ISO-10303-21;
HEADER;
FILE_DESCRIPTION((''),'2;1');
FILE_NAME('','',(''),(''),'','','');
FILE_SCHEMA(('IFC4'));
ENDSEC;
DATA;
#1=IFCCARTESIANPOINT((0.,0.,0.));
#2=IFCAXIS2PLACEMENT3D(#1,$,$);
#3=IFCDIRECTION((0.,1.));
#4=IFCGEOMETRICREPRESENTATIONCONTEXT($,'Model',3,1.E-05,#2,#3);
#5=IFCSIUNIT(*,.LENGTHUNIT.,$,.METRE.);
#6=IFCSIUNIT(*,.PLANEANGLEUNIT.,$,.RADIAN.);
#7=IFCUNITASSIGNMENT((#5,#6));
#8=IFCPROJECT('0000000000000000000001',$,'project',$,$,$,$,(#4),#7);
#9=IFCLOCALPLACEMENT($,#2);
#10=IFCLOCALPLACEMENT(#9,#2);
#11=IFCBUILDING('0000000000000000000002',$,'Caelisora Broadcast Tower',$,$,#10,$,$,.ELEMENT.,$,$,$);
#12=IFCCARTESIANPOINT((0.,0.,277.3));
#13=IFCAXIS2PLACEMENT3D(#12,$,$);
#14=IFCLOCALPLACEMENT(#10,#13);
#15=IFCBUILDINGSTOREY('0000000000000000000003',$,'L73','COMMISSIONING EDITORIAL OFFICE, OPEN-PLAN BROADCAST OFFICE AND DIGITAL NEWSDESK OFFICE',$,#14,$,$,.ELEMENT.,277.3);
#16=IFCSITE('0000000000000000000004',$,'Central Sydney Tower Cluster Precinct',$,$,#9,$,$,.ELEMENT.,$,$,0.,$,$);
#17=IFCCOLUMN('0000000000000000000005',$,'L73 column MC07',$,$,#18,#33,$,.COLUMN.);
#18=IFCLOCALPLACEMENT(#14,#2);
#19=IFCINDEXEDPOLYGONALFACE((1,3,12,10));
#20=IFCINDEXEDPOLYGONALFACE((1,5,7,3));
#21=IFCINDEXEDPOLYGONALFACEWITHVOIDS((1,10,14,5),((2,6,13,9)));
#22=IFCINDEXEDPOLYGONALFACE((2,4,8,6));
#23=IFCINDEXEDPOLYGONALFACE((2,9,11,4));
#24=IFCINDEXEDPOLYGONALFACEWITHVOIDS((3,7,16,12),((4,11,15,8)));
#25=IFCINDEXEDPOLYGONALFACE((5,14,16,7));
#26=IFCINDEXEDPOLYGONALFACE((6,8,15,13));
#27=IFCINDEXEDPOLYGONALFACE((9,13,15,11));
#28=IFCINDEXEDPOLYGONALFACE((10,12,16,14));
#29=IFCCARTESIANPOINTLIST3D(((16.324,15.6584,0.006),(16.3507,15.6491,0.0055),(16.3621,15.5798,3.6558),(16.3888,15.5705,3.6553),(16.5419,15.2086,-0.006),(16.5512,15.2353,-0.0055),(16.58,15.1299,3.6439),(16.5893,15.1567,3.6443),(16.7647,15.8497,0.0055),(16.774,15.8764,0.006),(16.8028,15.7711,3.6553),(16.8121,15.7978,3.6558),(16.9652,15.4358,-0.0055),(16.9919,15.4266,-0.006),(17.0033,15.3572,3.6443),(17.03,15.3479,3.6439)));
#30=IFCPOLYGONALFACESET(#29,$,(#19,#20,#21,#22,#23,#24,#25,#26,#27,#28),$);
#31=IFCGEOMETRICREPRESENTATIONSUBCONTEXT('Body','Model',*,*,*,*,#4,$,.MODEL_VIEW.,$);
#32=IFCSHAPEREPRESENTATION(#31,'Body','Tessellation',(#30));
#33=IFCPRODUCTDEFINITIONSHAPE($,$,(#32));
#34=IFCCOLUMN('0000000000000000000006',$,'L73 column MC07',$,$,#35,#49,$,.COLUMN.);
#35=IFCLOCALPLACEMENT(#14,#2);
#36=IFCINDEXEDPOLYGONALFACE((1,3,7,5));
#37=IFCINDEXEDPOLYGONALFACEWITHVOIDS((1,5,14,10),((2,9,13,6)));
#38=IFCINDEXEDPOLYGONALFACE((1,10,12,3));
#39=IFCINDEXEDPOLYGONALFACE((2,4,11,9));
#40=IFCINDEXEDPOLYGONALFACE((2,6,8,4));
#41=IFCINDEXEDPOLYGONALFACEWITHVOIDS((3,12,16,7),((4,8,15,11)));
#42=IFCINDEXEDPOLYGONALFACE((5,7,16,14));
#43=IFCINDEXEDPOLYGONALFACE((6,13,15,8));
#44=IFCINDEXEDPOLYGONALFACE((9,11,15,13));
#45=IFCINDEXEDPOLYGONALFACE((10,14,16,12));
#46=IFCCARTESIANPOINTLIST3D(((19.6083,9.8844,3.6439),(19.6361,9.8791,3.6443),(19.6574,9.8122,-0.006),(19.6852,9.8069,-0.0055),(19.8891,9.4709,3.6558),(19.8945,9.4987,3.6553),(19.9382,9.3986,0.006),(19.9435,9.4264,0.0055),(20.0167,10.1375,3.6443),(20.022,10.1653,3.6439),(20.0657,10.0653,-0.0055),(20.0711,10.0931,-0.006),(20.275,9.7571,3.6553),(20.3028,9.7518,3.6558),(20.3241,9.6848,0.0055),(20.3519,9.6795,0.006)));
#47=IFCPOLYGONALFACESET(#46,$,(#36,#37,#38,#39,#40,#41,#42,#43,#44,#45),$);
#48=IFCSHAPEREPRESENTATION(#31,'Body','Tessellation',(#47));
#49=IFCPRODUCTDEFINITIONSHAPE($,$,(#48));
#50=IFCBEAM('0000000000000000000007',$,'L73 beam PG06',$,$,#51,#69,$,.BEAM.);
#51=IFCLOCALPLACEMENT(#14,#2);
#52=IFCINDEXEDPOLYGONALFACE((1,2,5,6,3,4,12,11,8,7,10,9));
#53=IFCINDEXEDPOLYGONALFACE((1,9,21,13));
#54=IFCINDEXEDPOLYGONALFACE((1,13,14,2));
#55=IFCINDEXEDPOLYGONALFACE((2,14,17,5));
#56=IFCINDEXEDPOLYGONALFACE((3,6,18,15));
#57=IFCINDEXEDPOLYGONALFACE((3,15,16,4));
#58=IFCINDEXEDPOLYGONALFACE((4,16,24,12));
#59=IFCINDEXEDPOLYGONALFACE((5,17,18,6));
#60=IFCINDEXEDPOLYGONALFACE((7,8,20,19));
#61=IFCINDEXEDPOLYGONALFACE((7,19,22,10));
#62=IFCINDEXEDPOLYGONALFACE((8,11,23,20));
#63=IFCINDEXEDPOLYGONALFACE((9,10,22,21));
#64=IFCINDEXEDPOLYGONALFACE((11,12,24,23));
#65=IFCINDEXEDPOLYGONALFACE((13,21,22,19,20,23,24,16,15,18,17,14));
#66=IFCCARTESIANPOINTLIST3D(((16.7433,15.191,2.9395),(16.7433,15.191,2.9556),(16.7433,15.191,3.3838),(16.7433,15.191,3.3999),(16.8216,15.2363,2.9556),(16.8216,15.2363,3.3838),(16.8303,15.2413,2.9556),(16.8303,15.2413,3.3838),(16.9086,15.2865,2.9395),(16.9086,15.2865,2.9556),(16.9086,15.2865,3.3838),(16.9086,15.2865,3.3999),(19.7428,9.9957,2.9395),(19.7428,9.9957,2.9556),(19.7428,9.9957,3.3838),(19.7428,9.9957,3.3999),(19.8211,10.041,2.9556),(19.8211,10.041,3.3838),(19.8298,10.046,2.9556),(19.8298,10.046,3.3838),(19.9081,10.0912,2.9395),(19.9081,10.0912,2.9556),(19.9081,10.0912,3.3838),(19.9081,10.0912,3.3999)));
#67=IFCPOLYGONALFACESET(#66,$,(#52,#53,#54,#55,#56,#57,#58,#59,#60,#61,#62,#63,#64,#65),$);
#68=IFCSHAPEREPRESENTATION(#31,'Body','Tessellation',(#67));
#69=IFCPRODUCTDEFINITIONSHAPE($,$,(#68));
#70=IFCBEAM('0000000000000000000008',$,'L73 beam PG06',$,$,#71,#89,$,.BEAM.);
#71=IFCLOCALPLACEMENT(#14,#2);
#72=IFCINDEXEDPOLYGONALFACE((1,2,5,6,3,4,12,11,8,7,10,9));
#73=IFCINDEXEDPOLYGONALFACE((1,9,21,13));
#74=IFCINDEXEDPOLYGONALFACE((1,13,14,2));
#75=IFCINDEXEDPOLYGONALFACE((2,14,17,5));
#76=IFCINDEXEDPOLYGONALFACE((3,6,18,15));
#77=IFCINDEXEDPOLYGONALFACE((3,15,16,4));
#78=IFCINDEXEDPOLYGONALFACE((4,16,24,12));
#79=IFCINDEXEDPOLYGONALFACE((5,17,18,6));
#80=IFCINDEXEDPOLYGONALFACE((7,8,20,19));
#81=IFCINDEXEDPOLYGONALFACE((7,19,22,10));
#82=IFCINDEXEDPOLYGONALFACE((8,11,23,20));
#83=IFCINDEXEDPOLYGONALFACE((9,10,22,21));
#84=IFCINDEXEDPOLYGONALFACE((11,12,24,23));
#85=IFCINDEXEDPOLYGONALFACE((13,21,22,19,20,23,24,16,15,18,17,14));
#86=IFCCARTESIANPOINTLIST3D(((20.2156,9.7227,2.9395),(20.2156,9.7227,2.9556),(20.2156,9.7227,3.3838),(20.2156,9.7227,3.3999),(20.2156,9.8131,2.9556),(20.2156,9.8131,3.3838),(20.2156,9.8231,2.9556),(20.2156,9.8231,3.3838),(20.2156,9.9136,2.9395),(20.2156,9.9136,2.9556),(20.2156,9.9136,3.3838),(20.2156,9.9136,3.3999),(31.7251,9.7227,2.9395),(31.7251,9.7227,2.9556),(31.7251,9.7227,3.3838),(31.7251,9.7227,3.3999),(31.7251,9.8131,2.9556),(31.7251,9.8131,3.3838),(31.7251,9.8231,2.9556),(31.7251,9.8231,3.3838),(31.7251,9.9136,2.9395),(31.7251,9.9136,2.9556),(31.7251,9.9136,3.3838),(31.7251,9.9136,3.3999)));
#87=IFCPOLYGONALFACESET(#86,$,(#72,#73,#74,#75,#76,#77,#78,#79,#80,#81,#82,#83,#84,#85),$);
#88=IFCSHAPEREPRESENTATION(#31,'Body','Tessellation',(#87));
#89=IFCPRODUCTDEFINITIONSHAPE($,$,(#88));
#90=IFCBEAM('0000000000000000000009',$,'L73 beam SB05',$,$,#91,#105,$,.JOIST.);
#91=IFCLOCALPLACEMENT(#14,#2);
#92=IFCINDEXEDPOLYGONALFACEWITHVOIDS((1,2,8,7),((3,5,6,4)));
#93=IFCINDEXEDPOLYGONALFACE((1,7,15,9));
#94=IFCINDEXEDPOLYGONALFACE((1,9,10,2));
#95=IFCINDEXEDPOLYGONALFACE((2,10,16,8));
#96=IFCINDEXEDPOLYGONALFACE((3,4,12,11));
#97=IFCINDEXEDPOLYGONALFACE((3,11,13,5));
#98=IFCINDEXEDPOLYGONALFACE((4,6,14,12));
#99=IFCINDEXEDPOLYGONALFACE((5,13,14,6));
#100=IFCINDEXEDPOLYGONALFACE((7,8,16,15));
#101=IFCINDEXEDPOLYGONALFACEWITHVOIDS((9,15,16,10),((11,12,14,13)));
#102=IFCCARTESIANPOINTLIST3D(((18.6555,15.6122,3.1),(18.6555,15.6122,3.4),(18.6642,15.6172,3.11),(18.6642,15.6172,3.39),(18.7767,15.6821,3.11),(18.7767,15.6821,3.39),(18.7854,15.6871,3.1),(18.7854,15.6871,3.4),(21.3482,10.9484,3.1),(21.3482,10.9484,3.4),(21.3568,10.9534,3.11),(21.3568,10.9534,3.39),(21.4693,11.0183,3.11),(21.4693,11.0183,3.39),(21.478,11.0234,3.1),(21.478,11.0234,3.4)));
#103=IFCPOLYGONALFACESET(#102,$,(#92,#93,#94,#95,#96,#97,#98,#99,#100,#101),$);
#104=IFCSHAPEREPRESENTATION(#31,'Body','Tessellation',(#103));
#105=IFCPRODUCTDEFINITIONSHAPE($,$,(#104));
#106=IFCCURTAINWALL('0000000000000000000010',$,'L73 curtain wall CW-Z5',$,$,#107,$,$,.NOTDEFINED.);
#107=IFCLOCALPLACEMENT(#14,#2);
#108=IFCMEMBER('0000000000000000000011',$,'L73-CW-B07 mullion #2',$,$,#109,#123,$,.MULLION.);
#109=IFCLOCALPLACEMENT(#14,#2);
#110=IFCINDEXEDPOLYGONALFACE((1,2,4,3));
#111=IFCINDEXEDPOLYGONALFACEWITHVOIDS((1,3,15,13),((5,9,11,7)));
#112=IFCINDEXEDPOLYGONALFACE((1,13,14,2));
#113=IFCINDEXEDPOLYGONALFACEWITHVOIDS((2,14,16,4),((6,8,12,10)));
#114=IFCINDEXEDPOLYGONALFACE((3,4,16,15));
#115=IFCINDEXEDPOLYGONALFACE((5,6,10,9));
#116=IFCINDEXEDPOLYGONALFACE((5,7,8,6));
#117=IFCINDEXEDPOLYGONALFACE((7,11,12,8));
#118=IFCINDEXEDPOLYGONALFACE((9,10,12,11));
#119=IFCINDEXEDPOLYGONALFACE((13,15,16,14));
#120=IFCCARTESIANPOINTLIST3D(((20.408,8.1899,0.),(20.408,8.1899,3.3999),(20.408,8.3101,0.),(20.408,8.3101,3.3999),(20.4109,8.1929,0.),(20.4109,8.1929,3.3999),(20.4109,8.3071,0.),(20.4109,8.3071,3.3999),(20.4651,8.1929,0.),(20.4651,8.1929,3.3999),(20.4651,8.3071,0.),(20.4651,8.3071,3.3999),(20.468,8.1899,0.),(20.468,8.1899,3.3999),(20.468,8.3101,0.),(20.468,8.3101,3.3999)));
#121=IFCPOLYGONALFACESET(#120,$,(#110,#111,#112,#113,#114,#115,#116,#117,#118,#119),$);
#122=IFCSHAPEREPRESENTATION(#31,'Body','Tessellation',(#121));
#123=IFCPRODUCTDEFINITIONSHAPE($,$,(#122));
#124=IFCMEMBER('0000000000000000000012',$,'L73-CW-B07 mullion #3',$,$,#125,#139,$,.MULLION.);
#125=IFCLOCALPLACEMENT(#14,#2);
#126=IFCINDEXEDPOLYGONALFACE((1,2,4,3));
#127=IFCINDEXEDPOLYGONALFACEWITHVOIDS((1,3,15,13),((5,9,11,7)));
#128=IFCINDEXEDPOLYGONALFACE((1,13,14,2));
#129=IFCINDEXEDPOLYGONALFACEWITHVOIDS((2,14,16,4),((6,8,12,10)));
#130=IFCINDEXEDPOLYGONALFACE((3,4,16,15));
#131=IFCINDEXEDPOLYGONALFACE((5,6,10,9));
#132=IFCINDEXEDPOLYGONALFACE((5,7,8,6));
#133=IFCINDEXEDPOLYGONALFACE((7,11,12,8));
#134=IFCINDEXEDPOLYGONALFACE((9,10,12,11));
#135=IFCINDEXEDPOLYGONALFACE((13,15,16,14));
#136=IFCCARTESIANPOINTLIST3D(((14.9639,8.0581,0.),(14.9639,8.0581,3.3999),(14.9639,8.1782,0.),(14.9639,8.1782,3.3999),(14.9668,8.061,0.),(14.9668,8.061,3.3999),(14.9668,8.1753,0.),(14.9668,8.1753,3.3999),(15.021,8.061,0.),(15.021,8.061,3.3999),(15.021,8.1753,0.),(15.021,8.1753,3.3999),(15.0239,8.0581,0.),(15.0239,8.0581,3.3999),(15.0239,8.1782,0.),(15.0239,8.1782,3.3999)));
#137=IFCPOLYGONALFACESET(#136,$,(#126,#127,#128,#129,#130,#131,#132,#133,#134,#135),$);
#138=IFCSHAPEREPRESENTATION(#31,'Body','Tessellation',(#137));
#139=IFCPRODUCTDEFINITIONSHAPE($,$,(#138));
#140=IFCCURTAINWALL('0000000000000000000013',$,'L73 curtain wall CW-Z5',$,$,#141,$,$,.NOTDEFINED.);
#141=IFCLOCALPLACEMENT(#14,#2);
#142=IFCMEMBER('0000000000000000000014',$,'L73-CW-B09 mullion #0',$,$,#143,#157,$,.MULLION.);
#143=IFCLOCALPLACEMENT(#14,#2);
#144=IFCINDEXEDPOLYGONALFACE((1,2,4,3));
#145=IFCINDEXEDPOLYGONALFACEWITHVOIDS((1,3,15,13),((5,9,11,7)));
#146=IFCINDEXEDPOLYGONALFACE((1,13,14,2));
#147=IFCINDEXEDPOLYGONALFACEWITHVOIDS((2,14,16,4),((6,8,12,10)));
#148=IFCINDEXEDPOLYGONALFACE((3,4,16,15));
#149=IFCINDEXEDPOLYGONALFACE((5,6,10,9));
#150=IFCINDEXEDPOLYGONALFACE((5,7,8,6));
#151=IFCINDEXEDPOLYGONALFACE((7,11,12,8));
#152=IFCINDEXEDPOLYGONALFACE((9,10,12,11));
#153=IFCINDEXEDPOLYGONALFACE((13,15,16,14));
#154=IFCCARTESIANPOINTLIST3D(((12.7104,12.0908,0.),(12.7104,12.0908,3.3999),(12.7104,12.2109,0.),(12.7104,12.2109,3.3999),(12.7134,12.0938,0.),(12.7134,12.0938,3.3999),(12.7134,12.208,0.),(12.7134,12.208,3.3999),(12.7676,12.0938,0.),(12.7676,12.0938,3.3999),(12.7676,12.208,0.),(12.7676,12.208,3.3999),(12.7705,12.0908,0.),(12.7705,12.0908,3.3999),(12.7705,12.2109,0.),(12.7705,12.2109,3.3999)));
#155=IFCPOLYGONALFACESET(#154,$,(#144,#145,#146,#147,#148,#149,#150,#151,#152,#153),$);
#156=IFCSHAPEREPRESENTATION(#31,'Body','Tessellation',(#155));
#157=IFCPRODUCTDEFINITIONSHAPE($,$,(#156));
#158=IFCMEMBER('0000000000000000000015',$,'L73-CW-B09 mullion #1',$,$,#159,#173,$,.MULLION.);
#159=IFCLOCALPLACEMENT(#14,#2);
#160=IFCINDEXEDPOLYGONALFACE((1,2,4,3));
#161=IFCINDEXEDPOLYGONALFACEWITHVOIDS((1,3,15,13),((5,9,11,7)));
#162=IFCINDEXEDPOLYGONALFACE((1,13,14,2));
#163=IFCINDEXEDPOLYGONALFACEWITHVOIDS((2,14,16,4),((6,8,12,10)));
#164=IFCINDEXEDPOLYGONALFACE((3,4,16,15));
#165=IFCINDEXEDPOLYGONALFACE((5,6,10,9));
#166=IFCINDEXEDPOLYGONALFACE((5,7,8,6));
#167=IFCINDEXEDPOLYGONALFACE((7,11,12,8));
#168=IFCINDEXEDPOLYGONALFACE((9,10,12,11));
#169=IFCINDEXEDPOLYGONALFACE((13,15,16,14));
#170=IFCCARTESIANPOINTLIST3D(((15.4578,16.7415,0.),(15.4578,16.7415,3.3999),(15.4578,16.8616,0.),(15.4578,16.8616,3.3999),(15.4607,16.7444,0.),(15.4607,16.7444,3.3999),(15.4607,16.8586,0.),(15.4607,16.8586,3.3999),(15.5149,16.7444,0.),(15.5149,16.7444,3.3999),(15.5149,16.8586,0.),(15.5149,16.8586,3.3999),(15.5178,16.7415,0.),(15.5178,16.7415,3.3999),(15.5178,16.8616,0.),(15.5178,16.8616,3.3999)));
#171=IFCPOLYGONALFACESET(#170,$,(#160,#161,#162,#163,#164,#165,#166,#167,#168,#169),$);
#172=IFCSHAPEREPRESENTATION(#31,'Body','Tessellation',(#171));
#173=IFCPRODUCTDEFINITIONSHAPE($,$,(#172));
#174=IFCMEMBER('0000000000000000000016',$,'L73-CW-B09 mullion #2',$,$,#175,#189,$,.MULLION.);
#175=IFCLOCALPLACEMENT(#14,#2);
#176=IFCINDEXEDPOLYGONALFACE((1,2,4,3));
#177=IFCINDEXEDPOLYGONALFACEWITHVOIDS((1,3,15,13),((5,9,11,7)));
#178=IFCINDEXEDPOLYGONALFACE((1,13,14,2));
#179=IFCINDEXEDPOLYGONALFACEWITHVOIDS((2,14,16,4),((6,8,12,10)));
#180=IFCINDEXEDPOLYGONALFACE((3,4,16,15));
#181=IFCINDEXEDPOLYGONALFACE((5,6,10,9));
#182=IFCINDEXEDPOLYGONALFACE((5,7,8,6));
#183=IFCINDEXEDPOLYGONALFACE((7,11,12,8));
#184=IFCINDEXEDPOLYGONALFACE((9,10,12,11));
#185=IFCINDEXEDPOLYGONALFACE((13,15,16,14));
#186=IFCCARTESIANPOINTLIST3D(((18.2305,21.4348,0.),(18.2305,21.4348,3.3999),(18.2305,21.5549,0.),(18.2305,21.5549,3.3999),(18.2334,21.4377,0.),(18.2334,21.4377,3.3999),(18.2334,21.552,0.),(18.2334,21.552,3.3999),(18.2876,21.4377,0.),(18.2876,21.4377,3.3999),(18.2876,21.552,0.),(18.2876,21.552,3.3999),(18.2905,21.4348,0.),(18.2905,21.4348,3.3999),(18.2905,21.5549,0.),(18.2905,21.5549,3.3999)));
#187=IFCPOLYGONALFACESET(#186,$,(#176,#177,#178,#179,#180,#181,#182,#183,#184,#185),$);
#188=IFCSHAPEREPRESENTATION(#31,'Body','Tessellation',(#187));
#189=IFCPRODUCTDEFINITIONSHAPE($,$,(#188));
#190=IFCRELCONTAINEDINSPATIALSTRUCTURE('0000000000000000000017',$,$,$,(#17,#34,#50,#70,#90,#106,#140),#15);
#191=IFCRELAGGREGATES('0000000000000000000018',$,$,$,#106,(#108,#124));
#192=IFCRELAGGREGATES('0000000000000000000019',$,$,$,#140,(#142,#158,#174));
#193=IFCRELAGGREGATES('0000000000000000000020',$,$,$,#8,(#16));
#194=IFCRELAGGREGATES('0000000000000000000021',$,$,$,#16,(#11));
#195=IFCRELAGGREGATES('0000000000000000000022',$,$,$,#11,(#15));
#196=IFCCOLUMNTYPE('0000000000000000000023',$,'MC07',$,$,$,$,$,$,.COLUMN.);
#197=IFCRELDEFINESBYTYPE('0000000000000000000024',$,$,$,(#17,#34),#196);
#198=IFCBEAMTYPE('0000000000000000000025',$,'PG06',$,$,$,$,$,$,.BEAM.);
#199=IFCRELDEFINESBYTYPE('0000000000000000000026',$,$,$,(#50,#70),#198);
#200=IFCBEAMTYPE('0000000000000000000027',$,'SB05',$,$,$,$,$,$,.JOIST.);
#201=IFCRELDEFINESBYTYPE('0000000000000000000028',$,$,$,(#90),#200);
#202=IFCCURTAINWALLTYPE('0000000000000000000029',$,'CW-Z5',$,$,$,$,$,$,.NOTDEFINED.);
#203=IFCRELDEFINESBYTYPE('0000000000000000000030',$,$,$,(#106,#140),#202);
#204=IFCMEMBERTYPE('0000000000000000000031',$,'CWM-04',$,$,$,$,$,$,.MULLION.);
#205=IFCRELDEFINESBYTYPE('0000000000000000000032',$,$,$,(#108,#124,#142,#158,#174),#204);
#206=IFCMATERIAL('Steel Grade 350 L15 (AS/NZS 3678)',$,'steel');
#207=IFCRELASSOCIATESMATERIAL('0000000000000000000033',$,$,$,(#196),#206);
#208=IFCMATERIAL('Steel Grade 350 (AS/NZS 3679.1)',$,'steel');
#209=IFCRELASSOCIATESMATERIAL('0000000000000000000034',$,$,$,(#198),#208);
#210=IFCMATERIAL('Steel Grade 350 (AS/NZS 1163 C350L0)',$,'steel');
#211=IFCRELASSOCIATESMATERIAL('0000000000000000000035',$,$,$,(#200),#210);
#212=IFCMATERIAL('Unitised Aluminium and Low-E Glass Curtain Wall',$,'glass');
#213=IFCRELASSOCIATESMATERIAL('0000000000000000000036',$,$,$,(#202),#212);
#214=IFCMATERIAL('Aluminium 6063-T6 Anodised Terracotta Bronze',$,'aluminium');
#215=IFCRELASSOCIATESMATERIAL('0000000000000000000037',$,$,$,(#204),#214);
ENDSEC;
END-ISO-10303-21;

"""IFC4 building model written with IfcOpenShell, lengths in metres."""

from ifc_helpers import new_model, si_unit, direction, frame, origin, origin_2d, place, context, subcontext, project, spatial, hollow_rectangle, i_section, extrude, source, transform, mapped, material, material_profile, profile_set, type_object, type_shapes, element, aggregate, save


model = new_model("IFC4")

# Units and contexts
model_context = context("Model", 3, precision=1e-05, world=origin(), true_north=direction((0.0, 1.0)))
body_context = subcontext(model_context, "Body", "Model", "MODEL_VIEW")
ifc_project = project(units=[si_unit("LENGTHUNIT", "METRE"), si_unit("PLANEANGLEUNIT", "RADIAN")], contexts=[model_context])

# Site, building, storey
site_placement = place(None, origin())
site = spatial("IfcSite", under=ifc_project, at=site_placement, Name="Central Sydney Tower Cluster Precinct", CompositionType="ELEMENT", RefElevation=0.0)
building_placement = place(site_placement, origin())
building = spatial("IfcBuilding", under=site, at=building_placement, Name="Caelisora Broadcast Tower", CompositionType="ELEMENT")
storey_placement = place(building_placement, frame((0.0, 0.0, 277.3)))
storey = spatial("IfcBuildingStorey", under=building, at=storey_placement, Name="L73", Description="COMMISSIONING EDITORIAL OFFICE, OPEN-PLAN BROADCAST OFFICE AND DIGITAL NEWSDESK OFFICE", CompositionType="ELEMENT", Elevation=277.3)

# Columns
ifc_material_1 = material(Name="Steel Grade 350 L15 (AS/NZS 3678)", Category="steel")
ifc_material_profile_1 = material_profile(ifc_material_1, hollow_rectangle(XDim=0.5, YDim=0.5, WallThickness=0.02, at=origin_2d()), Name="Steel Grade 350 L15 (AS/NZS 3678)")
ifc_profile_set_1 = profile_set([ifc_material_profile_1], Name="Steel Grade 350 L15 (AS/NZS 3678)")
column_type = type_object("IfcColumnType", Name="MC07", PredefinedType="COLUMN", material=ifc_profile_set_1)
shared_shape_1 = source(origin(), body_context, "Body", "SweptSolid", [
    extrude(hollow_rectangle(XDim=0.5, YDim=0.5, WallThickness=0.02, at=origin_2d()), origin(), (0.0, 0.0, 1.0), 3.6509),
])
type_shapes(column_type, [shared_shape_1])
for number, where, z_axis, x_axis, name in (
    (1, (16.658, 15.5425, 0.0), (0.010432, -0.021532, 0.999714), (0.899947, 0.435999, 0.0), "L73 column MC07"),
    (2, (20.0046, 9.7458, 0.0), (-0.013441, 0.019794, 0.999714), (-0.82729, -0.561775, 0.0), "L73 column MC07"),
):
    element("IfcColumn", number, at=place(storey_placement, frame(where, z_axis=z_axis, x_axis=x_axis)), inside=storey, type_object=column_type, Name=name, PredefinedType="COLUMN", context=body_context, shape_type="MappedRepresentation", body=[
        mapped(shared_shape_1, transform((0.0, 0.0, 0.0), scale=1.0)),
    ])

# Beams
ifc_material_2 = material(Name="Steel Grade 350 (AS/NZS 3679.1)", Category="steel")
ifc_material_profile_2 = material_profile(ifc_material_2, i_section(OverallWidth=0.1909, OverallDepth=0.4604, WebThickness=0.01, FlangeThickness=0.0161, at=origin_2d()), Name="Steel Grade 350 (AS/NZS 3679.1)")
ifc_profile_set_2 = profile_set([ifc_material_profile_2], Name="Steel Grade 350 (AS/NZS 3679.1)")
beam_type_1 = type_object("IfcBeamType", Name="PG06", PredefinedType="BEAM", material=ifc_profile_set_2)
shared_shape_2 = source(origin(), body_context, "Body", "SweptSolid", [
    extrude(i_section(OverallWidth=0.1909, OverallDepth=0.4604, WebThickness=0.01, FlangeThickness=0.0161, at=origin_2d()), origin(), (0.0, 0.0, 1.0), 5.999),
])
beam_1_placement = place(storey_placement, frame((16.8259, 15.2388, 3.1697), z_axis=(0.5, -0.866026, 0.0), x_axis=(0.866026, 0.5, 0.0)))
element("IfcBeam", 3, at=beam_1_placement, inside=storey, type_object=beam_type_1, Name="L73 beam PG06", PredefinedType="BEAM", context=body_context, shape_type="MappedRepresentation", body=[
    mapped(shared_shape_2, transform((0.0, 0.0, 0.0), scale=1.0)),
])
shared_shape_3 = source(origin(), body_context, "Body", "SweptSolid", [
    extrude(i_section(OverallWidth=0.1909, OverallDepth=0.4604, WebThickness=0.01, FlangeThickness=0.0161, at=origin_2d()), origin(), (0.0, 0.0, 1.0), 11.5095),
])
type_shapes(beam_type_1, [shared_shape_2, shared_shape_3])
beam_2_placement = place(storey_placement, frame((20.2156, 9.8181, 3.1697), z_axis=(1.0, 0.0, 0.0), x_axis=(0.0, 1.0, 0.0)))
element("IfcBeam", 4, at=beam_2_placement, inside=storey, type_object=beam_type_1, Name="L73 beam PG06", PredefinedType="BEAM", context=body_context, shape_type="MappedRepresentation", body=[
    mapped(shared_shape_3, transform((0.0, 0.0, 0.0), scale=1.0)),
])
ifc_material_3 = material(Name="Steel Grade 350 (AS/NZS 1163 C350L0)", Category="steel")
ifc_material_profile_3 = material_profile(ifc_material_3, hollow_rectangle(XDim=0.1499, YDim=0.3, WallThickness=0.01, at=origin_2d()), Name="Steel Grade 350 (AS/NZS 1163 C350L0)")
ifc_profile_set_3 = profile_set([ifc_material_profile_3], Name="Steel Grade 350 (AS/NZS 1163 C350L0)")
beam_type_2 = type_object("IfcBeamType", Name="SB05", PredefinedType="JOIST", material=ifc_profile_set_3)
shared_shape_4 = source(origin(), body_context, "Body", "SweptSolid", [
    extrude(hollow_rectangle(XDim=0.1499, YDim=0.3, WallThickness=0.01, at=origin_2d()), origin(), (0.0, 0.0, 1.0), 5.3853),
])
type_shapes(beam_type_2, [shared_shape_4])
beam_3_placement = place(storey_placement, frame((18.7205, 15.6497, 3.25), z_axis=(0.499996, -0.866028, 0.0), x_axis=(0.866028, 0.499996, 0.0)))
element("IfcBeam", 5, at=beam_3_placement, inside=storey, type_object=beam_type_2, Name="L73 beam SB05", PredefinedType="JOIST", context=body_context, shape_type="MappedRepresentation", body=[
    mapped(shared_shape_4, transform((0.0, 0.0, 0.0), scale=1.0)),
])

# Curtain walls, members
ifc_material_4 = material(Name="Unitised Aluminium and Low-E Glass Curtain Wall", Category="glass")
curtain_wall_type = type_object("IfcCurtainWallType", Name="CW-Z5", PredefinedType="NOTDEFINED", material=ifc_material_4)
curtain_wall_1_placement = place(storey_placement, origin())
curtain_wall_1 = element("IfcCurtainWall", 6, at=curtain_wall_1_placement, inside=storey, type_object=curtain_wall_type, Name="L73 curtain wall CW-Z5", PredefinedType="NOTDEFINED")
ifc_material_5 = material(Name="Aluminium 6063-T6 Anodised Terracotta Bronze", Category="aluminium")
ifc_material_profile_4 = material_profile(ifc_material_5, hollow_rectangle(XDim=0.0601, YDim=0.1201, WallThickness=0.0029, at=origin_2d()), Name="Aluminium 6063-T6 Anodised Terracotta Bronze")
ifc_profile_set_4 = profile_set([ifc_material_profile_4], Name="Aluminium 6063-T6 Anodised Terracotta Bronze")
member_type_1 = type_object("IfcMemberType", Name="CWM-04", PredefinedType="MULLION", material=ifc_profile_set_4)
shared_shape_5 = source(origin(), body_context, "Body", "SweptSolid", [
    extrude(hollow_rectangle(XDim=0.0601, YDim=0.1201, WallThickness=0.0029, at=origin_2d()), origin(), (0.0, 0.0, 1.0), 3.3999),
])
type_shapes(member_type_1, [shared_shape_5])
member_1_placement = place(storey_placement, frame((20.438, 8.25, 0.0), z_axis=(0.0, 0.0, 1.0), x_axis=(1.0, 0.0, 0.0)))
member_1 = element("IfcMember", 7, at=member_1_placement, type_object=member_type_1, Name="L73-CW-B07 mullion #2", PredefinedType="MULLION", context=body_context, shape_type="MappedRepresentation", body=[
    mapped(shared_shape_5, transform((0.0, 0.0, 0.0), scale=1.0)),
])
member_2_placement = place(storey_placement, frame((14.9939, 8.1182, 0.0), z_axis=(0.0, 0.0, 1.0), x_axis=(1.0, 0.0, 0.0)))
member_2 = element("IfcMember", 8, at=member_2_placement, type_object=member_type_1, Name="L73-CW-B07 mullion #3", PredefinedType="MULLION", context=body_context, shape_type="MappedRepresentation", body=[
    mapped(shared_shape_5, transform((0.0, 0.0, 0.0), scale=1.0)),
])
curtain_wall_2_placement = place(storey_placement, origin())
curtain_wall_2 = element("IfcCurtainWall", 9, at=curtain_wall_2_placement, inside=storey, type_object=curtain_wall_type, Name="L73 curtain wall CW-Z5", PredefinedType="NOTDEFINED")
member_3_placement = place(storey_placement, frame((12.7405, 12.1509, 0.0), z_axis=(0.0, 0.0, 1.0), x_axis=(1.0, 0.0, 0.0)))
member_3 = element("IfcMember", 10, at=member_3_placement, type_object=member_type_1, Name="L73-CW-B09 mullion #0", PredefinedType="MULLION", context=body_context, shape_type="MappedRepresentation", body=[
    mapped(shared_shape_5, transform((0.0, 0.0, 0.0), scale=1.0)),
])
member_4_placement = place(storey_placement, frame((15.4878, 16.8015, 0.0), z_axis=(0.0, 0.0, 1.0), x_axis=(1.0, 0.0, 0.0)))
member_4 = element("IfcMember", 11, at=member_4_placement, type_object=member_type_1, Name="L73-CW-B09 mullion #1", PredefinedType="MULLION", context=body_context, shape_type="MappedRepresentation", body=[
    mapped(shared_shape_5, transform((0.0, 0.0, 0.0), scale=1.0)),
])
member_5_placement = place(storey_placement, frame((18.2605, 21.4949, 0.0), z_axis=(0.0, 0.0, 1.0), x_axis=(1.0, 0.0, 0.0)))
member_5 = element("IfcMember", 12, at=member_5_placement, type_object=member_type_1, Name="L73-CW-B09 mullion #2", PredefinedType="MULLION", context=body_context, shape_type="MappedRepresentation", body=[
    mapped(shared_shape_5, transform((0.0, 0.0, 0.0), scale=1.0)),
])

aggregate(curtain_wall_1, [member_1, member_2])
aggregate(curtain_wall_2, [member_3, member_4, member_5])

save(model, "model.ifc")
